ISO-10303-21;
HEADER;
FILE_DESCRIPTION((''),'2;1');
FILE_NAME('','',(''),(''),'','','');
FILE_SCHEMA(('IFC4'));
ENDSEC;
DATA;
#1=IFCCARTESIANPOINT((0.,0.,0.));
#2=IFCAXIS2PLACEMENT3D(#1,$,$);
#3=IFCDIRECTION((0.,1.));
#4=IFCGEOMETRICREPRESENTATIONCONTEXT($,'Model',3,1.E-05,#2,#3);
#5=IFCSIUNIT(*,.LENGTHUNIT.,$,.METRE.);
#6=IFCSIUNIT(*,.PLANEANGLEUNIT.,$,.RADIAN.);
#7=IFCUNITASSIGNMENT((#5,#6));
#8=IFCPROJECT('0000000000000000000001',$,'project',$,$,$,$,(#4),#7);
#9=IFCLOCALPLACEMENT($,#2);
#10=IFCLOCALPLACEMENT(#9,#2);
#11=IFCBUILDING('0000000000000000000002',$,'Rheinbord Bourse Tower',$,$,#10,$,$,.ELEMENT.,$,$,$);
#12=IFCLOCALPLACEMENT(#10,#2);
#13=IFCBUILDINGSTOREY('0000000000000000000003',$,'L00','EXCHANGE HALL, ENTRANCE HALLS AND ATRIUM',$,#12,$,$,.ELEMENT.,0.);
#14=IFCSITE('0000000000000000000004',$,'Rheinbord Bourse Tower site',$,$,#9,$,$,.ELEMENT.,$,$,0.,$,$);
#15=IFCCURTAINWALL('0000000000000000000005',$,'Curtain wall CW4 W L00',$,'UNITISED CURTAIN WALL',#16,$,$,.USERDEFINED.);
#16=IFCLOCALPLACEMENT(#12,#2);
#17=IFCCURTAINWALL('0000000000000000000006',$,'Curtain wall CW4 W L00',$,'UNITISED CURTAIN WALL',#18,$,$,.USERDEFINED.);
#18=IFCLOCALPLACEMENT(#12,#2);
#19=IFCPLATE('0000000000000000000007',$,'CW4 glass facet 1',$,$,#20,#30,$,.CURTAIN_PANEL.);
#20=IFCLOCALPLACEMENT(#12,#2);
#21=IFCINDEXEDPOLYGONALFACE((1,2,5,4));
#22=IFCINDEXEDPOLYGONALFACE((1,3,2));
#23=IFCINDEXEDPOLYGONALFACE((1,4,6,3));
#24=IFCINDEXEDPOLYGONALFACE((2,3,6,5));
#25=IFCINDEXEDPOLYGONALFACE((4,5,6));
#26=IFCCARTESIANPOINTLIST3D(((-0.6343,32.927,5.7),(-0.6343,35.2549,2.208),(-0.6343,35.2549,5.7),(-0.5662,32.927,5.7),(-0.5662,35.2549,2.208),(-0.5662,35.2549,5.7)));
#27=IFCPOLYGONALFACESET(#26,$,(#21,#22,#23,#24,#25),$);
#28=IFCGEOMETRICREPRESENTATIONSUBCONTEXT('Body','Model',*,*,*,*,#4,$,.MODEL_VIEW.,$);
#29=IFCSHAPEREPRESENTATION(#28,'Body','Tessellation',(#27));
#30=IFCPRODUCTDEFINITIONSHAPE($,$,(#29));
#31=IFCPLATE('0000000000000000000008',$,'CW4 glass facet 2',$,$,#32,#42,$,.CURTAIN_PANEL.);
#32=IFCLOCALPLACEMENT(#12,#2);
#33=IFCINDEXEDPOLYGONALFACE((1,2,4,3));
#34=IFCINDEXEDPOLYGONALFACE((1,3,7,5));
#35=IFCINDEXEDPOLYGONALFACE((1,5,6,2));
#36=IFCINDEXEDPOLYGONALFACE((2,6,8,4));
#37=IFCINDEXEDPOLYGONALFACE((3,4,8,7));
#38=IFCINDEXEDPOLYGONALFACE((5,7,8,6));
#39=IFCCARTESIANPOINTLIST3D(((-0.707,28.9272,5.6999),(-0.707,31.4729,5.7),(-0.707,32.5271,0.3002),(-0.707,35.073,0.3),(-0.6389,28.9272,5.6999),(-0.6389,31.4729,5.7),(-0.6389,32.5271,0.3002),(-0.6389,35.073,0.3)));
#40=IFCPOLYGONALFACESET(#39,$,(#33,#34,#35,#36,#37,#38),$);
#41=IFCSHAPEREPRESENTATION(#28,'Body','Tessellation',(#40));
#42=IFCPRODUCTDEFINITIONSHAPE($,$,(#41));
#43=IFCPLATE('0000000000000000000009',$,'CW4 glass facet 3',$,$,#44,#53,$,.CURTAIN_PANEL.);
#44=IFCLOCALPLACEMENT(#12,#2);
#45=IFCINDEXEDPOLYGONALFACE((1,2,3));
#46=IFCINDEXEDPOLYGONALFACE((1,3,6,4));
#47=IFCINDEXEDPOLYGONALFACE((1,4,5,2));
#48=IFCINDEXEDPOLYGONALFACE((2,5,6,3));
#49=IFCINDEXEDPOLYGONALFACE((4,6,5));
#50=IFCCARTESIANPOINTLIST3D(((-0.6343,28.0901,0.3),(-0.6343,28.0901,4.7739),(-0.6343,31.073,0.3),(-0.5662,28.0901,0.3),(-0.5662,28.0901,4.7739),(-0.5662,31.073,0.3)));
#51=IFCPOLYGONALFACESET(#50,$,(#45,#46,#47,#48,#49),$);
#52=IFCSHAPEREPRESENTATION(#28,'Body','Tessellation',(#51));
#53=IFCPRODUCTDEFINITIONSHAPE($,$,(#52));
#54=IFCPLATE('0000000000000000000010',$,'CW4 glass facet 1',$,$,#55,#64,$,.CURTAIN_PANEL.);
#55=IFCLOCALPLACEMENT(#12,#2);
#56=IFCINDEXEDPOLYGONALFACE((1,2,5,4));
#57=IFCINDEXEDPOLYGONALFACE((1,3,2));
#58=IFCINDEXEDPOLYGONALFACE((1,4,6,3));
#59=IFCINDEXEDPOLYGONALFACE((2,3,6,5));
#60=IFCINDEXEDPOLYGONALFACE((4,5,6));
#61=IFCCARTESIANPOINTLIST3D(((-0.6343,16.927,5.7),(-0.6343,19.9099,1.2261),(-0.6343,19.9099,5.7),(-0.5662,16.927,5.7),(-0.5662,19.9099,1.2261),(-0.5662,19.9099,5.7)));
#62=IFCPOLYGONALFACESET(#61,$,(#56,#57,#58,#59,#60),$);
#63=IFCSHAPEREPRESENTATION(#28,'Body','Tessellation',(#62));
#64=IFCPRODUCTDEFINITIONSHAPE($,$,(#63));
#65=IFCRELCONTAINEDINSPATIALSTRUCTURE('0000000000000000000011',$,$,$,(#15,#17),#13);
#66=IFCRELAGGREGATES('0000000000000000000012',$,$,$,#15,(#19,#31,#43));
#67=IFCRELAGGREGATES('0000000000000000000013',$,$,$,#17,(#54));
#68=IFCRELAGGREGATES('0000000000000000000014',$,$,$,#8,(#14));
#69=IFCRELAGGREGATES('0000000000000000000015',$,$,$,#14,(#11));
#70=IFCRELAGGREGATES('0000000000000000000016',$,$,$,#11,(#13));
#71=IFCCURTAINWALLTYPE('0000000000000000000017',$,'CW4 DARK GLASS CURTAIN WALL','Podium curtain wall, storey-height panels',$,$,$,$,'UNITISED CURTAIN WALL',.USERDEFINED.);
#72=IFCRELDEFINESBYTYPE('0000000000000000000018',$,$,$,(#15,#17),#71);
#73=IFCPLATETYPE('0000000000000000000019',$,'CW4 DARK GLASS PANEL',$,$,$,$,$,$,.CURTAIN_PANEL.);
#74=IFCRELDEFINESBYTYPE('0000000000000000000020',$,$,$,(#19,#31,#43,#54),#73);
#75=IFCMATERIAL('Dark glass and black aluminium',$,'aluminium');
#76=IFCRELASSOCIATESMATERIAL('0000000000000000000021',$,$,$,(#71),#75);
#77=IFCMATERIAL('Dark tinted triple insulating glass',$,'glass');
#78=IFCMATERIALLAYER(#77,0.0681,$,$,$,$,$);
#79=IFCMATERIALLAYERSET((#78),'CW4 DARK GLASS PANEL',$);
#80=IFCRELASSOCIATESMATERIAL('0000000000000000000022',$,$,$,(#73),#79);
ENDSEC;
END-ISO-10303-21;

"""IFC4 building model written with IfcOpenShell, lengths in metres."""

from ifc_helpers import new_model, si_unit, direction, frame, origin, place, context, subcontext, project, spatial, polyline, outline, extrude, material, layer, layer_set, type_object, element, aggregate, save


model = new_model("IFC4")

# Units and contexts
model_context = context("Model", 3, precision=1e-05, world=origin(), true_north=direction((0.0, 1.0)))
body_context = subcontext(model_context, "Body", "Model", "MODEL_VIEW")
ifc_project = project(units=[si_unit("LENGTHUNIT", "METRE"), si_unit("PLANEANGLEUNIT", "RADIAN")], contexts=[model_context])

# Site, building, storey
site_placement = place(None, origin())
site = spatial("IfcSite", under=ifc_project, at=site_placement, Name="Rheinbord Bourse Tower site", CompositionType="ELEMENT", RefElevation=0.0)
building_placement = place(site_placement, origin())
building = spatial("IfcBuilding", under=site, at=building_placement, Name="Rheinbord Bourse Tower", CompositionType="ELEMENT")
storey_placement = place(building_placement, origin())
storey = spatial("IfcBuildingStorey", under=building, at=storey_placement, Name="L00", Description="EXCHANGE HALL, ENTRANCE HALLS AND ATRIUM", CompositionType="ELEMENT", Elevation=0.0)

# Curtain wall
ifc_material_1 = material(Name="Dark glass and black aluminium", Category="aluminium")
curtain_wall_type = type_object("IfcCurtainWallType", Name="CW4 DARK GLASS CURTAIN WALL", Description="Podium curtain wall, storey-height panels", ElementType="UNITISED CURTAIN WALL", PredefinedType="USERDEFINED", material=ifc_material_1)
curtain_wall_1_placement = place(storey_placement, origin())
curtain_wall_1 = element("IfcCurtainWall", 1, at=curtain_wall_1_placement, inside=storey, type_object=curtain_wall_type, Name="Curtain wall CW4 W L00", ObjectType="UNITISED CURTAIN WALL", PredefinedType="USERDEFINED")

# Curtain wall
curtain_wall_2_placement = place(storey_placement, origin())
curtain_wall_2 = element("IfcCurtainWall", 2, at=curtain_wall_2_placement, inside=storey, type_object=curtain_wall_type, Name="Curtain wall CW4 W L00", ObjectType="UNITISED CURTAIN WALL", PredefinedType="USERDEFINED")

# Plates
ifc_material_2 = material(Name="Dark tinted triple insulating glass", Category="glass")
ifc_layer_1 = layer(ifc_material_2, 0.0681)
ifc_layer_set_1 = layer_set([ifc_layer_1], Name="CW4 DARK GLASS PANEL")
plate_type = type_object("IfcPlateType", Name="CW4 DARK GLASS PANEL", PredefinedType="CURTAIN_PANEL", material=ifc_layer_set_1)
plate_1_placement = place(storey_placement, frame((-0.6343, 35.2549, 5.7), z_axis=(1.0, 0.0, 0.0), x_axis=(0.0, -1.0, 0.0)))
plate_1 = element("IfcPlate", 3, at=plate_1_placement, type_object=plate_type, Name="CW4 glass facet 1", PredefinedType="CURTAIN_PANEL", context=body_context, shape_type="SweptSolid", body=[
    extrude(outline(polyline([(0.0, 0.0), (2.3279, 0.0), (0.0, 3.4919), (0.0, 0.0)])), origin(), (0.0, 0.0, 1.0), 0.0681),
])
plate_2_placement = place(storey_placement, frame((-0.707, 35.073, 0.3), z_axis=(1.0, 0.0, 0.0), x_axis=(0.0, -0.554718, 0.832039)))
plate_2 = element("IfcPlate", 4, at=plate_2_placement, type_object=plate_type, Name="CW4 glass facet 2", PredefinedType="CURTAIN_PANEL", context=body_context, shape_type="SweptSolid", body=[
    extrude(outline(polyline([(0.0, 0.0), (6.49, 0.0), (7.9021, 2.1182), (1.4124, 2.1182), (0.0, 0.0)])), origin(), (0.0, 0.0, 1.0), 0.0681),
])
plate_3_placement = place(storey_placement, frame((-0.6343, 28.0901, 0.3), z_axis=(1.0, 0.0, 0.0), x_axis=(0.0, 1.0, 0.0)))
plate_3 = element("IfcPlate", 5, at=plate_3_placement, type_object=plate_type, Name="CW4 glass facet 3", PredefinedType="CURTAIN_PANEL", context=body_context, shape_type="SweptSolid", body=[
    extrude(outline(polyline([(0.0, 0.0), (2.9829, 0.0), (0.0, 4.4739), (0.0, 0.0)])), origin(), (0.0, 0.0, 1.0), 0.0681),
])
aggregate(curtain_wall_1, [plate_1, plate_2, plate_3])
plate_4_placement = place(storey_placement, frame((-0.6343, 19.9099, 5.7), z_axis=(1.0, 0.0, 0.0), x_axis=(0.0, -1.0, 0.0)))
plate_4 = element("IfcPlate", 6, at=plate_4_placement, type_object=plate_type, Name="CW4 glass facet 1", PredefinedType="CURTAIN_PANEL", context=body_context, shape_type="SweptSolid", body=[
    extrude(outline(polyline([(0.0, 0.0), (2.9829, 0.0), (0.0, 4.4739), (0.0, 0.0)])), origin(), (0.0, 0.0, 1.0), 0.0681),
])
aggregate(curtain_wall_2, [plate_4])

save(model, "model.ifc")
